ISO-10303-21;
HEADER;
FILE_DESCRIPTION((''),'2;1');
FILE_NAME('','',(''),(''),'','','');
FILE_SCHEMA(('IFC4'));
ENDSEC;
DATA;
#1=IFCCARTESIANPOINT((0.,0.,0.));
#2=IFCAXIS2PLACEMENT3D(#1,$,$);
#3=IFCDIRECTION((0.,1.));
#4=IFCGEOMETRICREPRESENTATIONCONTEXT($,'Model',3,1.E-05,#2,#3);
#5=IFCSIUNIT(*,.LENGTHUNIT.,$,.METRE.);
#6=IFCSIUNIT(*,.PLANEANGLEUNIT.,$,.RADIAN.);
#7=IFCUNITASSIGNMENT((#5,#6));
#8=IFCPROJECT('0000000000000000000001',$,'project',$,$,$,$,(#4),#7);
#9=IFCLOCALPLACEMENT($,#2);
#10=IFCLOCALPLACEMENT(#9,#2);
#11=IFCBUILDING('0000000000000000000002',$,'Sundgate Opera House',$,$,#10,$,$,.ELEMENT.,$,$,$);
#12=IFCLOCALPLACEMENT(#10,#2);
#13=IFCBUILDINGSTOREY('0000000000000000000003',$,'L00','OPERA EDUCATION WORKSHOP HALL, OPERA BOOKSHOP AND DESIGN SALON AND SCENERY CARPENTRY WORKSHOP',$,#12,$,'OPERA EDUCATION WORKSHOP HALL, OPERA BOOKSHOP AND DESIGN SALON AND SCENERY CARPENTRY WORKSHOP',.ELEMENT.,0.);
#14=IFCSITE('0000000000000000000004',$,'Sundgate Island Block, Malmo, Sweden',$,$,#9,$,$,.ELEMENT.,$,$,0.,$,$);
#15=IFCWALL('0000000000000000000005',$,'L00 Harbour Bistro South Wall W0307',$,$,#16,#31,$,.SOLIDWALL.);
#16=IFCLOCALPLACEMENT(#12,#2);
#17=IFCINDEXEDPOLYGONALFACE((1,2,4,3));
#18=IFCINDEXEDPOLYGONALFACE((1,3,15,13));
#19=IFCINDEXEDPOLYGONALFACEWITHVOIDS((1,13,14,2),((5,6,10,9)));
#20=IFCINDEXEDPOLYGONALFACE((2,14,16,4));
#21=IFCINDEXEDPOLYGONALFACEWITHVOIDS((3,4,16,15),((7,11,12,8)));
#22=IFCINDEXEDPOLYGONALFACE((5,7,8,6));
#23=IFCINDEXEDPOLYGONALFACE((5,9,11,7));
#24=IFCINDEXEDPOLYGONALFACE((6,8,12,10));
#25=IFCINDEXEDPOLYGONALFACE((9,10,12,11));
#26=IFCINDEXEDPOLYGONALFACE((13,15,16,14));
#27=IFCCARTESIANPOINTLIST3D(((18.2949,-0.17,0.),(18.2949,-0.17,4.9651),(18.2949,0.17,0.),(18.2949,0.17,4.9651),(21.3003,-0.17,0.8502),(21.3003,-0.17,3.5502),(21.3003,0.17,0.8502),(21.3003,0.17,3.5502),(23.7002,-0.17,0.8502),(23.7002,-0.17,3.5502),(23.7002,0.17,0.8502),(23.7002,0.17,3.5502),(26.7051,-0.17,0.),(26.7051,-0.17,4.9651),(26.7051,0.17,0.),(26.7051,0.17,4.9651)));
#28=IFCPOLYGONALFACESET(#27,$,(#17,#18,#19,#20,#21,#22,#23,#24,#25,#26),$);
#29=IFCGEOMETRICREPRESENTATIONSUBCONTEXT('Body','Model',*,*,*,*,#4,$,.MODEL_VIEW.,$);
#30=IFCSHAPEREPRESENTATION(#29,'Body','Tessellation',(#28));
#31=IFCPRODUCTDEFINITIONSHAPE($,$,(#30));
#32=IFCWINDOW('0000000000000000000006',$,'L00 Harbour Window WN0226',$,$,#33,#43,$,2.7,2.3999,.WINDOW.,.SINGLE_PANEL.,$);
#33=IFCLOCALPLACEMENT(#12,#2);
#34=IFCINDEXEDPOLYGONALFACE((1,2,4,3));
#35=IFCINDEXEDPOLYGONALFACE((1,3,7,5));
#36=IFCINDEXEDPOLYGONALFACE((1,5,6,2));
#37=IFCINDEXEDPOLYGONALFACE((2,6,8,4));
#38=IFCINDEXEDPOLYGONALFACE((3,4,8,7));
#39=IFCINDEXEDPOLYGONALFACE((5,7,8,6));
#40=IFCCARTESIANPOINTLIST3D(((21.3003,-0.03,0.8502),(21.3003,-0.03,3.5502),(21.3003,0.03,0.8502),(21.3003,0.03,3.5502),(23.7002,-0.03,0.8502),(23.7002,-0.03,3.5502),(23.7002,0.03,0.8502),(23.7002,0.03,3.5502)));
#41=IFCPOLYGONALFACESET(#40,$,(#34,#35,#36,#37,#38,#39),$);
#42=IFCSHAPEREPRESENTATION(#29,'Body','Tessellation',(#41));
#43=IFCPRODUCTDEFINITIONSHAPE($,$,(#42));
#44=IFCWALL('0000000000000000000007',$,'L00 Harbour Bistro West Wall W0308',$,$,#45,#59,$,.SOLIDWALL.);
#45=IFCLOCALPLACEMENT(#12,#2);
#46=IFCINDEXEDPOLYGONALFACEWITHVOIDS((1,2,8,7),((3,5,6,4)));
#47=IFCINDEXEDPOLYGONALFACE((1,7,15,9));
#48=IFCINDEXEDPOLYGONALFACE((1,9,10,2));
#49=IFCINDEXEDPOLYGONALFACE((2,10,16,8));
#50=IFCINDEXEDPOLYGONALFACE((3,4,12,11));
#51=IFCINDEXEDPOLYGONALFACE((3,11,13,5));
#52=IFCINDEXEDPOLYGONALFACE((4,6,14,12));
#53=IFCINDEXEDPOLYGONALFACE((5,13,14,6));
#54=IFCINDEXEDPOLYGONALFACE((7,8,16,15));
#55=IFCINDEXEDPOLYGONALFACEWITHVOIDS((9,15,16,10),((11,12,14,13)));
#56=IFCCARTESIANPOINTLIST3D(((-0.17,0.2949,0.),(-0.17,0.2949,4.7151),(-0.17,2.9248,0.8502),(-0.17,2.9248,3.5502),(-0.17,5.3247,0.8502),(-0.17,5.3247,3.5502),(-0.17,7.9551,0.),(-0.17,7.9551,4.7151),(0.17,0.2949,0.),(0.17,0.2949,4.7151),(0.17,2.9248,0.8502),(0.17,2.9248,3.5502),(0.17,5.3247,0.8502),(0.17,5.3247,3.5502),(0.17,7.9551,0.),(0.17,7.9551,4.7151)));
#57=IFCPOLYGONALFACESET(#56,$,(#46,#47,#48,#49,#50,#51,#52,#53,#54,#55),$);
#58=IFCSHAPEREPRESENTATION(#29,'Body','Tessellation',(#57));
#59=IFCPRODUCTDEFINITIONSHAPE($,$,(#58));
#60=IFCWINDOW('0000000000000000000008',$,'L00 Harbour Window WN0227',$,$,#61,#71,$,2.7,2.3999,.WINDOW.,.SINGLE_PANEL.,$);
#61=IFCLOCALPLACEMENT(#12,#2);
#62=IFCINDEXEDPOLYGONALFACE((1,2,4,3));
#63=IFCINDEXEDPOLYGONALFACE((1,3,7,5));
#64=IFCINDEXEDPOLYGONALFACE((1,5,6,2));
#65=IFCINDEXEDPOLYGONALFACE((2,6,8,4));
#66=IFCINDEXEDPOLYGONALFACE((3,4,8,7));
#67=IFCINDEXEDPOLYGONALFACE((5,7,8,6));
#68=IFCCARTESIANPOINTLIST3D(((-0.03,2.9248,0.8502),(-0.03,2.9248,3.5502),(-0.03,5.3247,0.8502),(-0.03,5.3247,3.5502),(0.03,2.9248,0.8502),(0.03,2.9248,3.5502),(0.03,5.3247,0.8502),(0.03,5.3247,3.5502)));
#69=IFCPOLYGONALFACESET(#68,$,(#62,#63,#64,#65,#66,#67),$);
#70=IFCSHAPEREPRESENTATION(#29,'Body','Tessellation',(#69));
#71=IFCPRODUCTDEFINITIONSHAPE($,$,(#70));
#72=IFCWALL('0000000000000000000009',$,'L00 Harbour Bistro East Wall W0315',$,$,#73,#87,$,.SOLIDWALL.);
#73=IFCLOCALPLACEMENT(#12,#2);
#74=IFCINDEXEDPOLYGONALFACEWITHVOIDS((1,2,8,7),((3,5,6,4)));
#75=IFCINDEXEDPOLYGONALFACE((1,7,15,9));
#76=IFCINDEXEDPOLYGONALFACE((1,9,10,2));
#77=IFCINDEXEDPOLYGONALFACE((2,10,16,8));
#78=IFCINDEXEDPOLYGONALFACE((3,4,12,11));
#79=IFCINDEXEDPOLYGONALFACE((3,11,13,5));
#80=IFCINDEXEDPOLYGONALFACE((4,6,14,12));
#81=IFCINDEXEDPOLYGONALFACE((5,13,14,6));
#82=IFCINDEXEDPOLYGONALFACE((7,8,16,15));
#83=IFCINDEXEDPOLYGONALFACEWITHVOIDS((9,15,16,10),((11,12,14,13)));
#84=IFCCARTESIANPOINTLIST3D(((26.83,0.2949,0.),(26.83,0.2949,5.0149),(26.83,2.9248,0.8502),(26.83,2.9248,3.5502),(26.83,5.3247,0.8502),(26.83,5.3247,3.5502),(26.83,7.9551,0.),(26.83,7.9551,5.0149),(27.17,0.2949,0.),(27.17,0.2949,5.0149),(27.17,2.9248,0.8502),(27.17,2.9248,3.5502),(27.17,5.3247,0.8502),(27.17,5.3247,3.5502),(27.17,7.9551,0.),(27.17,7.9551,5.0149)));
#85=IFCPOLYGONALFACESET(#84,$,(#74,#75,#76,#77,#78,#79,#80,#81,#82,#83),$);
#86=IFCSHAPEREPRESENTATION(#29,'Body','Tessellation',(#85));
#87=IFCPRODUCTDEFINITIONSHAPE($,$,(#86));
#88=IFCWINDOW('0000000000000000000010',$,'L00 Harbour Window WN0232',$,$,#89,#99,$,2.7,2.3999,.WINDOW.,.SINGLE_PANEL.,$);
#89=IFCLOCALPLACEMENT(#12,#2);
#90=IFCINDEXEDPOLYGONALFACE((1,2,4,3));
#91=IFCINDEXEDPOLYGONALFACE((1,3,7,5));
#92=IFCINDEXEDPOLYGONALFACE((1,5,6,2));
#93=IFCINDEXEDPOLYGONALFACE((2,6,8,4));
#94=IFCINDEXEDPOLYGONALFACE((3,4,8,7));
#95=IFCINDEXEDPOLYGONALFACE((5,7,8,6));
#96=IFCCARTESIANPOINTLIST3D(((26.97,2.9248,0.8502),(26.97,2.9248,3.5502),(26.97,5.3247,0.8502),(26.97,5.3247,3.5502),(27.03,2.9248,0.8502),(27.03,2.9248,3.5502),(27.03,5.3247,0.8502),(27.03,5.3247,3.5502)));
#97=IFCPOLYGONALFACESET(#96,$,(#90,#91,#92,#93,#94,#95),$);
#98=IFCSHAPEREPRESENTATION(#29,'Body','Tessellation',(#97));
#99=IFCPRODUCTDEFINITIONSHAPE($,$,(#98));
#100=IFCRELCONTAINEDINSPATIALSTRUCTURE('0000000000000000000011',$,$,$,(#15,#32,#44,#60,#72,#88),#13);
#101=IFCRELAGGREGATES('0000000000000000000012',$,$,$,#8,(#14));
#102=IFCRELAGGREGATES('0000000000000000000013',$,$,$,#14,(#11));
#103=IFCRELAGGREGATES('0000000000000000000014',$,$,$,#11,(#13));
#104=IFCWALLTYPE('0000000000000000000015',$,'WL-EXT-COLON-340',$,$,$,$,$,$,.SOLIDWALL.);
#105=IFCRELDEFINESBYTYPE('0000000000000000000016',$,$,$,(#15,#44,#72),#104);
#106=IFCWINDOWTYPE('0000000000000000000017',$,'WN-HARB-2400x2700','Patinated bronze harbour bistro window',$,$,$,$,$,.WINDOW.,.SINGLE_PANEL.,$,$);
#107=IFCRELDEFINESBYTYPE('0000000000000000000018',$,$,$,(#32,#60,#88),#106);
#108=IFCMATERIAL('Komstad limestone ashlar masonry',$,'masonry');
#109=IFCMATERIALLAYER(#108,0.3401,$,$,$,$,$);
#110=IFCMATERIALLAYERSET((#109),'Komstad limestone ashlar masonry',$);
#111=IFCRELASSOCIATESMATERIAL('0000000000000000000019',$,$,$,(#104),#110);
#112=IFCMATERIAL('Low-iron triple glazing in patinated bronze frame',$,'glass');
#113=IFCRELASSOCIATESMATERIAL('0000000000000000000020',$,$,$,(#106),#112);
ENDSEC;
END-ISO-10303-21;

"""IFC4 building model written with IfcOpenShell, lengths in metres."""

from ifc_helpers import new_model, si_unit, direction, frame, frame_2d, origin, place, context, subcontext, project, spatial, rectangle, extrude, material, layer, layer_set, type_object, element, fill, save


model = new_model("IFC4")

# Units and contexts
model_context = context("Model", 3, precision=1e-05, world=origin(), true_north=direction((0.0, 1.0)))
body_context = subcontext(model_context, "Body", "Model", "MODEL_VIEW")
ifc_project = project(units=[si_unit("LENGTHUNIT", "METRE"), si_unit("PLANEANGLEUNIT", "RADIAN")], contexts=[model_context])

# Site, building, storey
site_placement = place(None, origin())
site = spatial("IfcSite", under=ifc_project, at=site_placement, Name="Sundgate Island Block, Malmo, Sweden", CompositionType="ELEMENT", RefElevation=0.0)
building_placement = place(site_placement, origin())
building = spatial("IfcBuilding", under=site, at=building_placement, Name="Sundgate Opera House", CompositionType="ELEMENT")
storey_placement = place(building_placement, origin())
storey = spatial("IfcBuildingStorey", under=building, at=storey_placement, Name="L00", Description="OPERA EDUCATION WORKSHOP HALL, OPERA BOOKSHOP AND DESIGN SALON AND SCENERY CARPENTRY WORKSHOP", LongName="OPERA EDUCATION WORKSHOP HALL, OPERA BOOKSHOP AND DESIGN SALON AND SCENERY CARPENTRY WORKSHOP", CompositionType="ELEMENT", Elevation=0.0)

# Shared definitions
ifc_material_1 = material(Name="Komstad limestone ashlar masonry", Category="masonry")
ifc_layer_1 = layer(ifc_material_1, 0.3401)
ifc_layer_set_1 = layer_set([ifc_layer_1], Name="Komstad limestone ashlar masonry")
wall_type = type_object("IfcWallType", Name="WL-EXT-COLON-340", PredefinedType="SOLIDWALL", material=ifc_layer_set_1)
ifc_material_2 = material(Name="Low-iron triple glazing in patinated bronze frame", Category="glass")
window_type = type_object("IfcWindowType", Name="WN-HARB-2400x2700", Description="Patinated bronze harbour bistro window", PartitioningType="SINGLE_PANEL", PredefinedType="WINDOW", material=ifc_material_2)

# Walls, openings, windows
wall_1_placement = place(storey_placement, frame((26.7051, 0.0, 0.0), z_axis=(0.0, 0.0, 1.0), x_axis=(-1.0, 0.0, 0.0)))
wall_1 = element("IfcWall", 1, at=wall_1_placement, inside=storey, type_object=wall_type, Name="L00 Harbour Bistro South Wall W0307", PredefinedType="SOLIDWALL", context=body_context, shape_type="SweptSolid", body=[
    extrude(rectangle(XDim=8.4102, YDim=0.3401, at=frame_2d((4.2051, 0.0))), origin(), (0.0, 0.0, 1.0), 4.9651),
])
opening_1_placement = place(wall_1_placement, frame((3.0049, 0.0, 0.8501)))
opening_1 = element("IfcOpeningElement", 2, at=opening_1_placement, cuts=wall_1, PredefinedType="OPENING", context=body_context, shape_type="SweptSolid", body=[
    extrude(rectangle(XDim=2.3999, YDim=2.7, at=frame_2d((1.2, 1.3501))), frame((0.0, 0.1799, 0.0), z_axis=(0.0, -1.0, 0.0), x_axis=(1.0, 0.0, 0.0)), (0.0, 0.0, 1.0), 0.3601),
])
window_1_placement = place(opening_1_placement, origin())
window_1 = element("IfcWindow", 3, at=window_1_placement, inside=storey, type_object=window_type, Name="L00 Harbour Window WN0226", OverallHeight=2.7, OverallWidth=2.3999, PartitioningType="SINGLE_PANEL", PredefinedType="WINDOW", context=body_context, shape_type="SweptSolid", body=[
    extrude(rectangle(XDim=2.3999, YDim=2.7, at=frame_2d((1.2, 1.3501))), frame((0.0, 0.03, 0.0), z_axis=(0.0, -1.0, 0.0), x_axis=(1.0, 0.0, 0.0)), (0.0, 0.0, 1.0), 0.0601),
])
fill(opening_1, window_1)
wall_2_placement = place(storey_placement, frame((0.0, 0.2949, 0.0), z_axis=(0.0, 0.0, 1.0), x_axis=(0.0, 1.0, 0.0)))
wall_2 = element("IfcWall", 4, at=wall_2_placement, inside=storey, type_object=wall_type, Name="L00 Harbour Bistro West Wall W0308", PredefinedType="SOLIDWALL", context=body_context, shape_type="SweptSolid", body=[
    extrude(rectangle(XDim=7.6602, YDim=0.3401, at=frame_2d((3.8301, 0.0))), origin(), (0.0, 0.0, 1.0), 4.7151),
])
opening_2_placement = place(wall_2_placement, frame((2.6299, 0.0, 0.8501)))
opening_2 = element("IfcOpeningElement", 5, at=opening_2_placement, cuts=wall_2, PredefinedType="OPENING", context=body_context, shape_type="SweptSolid", body=[
    extrude(rectangle(XDim=2.3999, YDim=2.7, at=frame_2d((1.2, 1.3501))), frame((0.0, 0.1799, 0.0), z_axis=(0.0, -1.0, 0.0), x_axis=(1.0, 0.0, 0.0)), (0.0, 0.0, 1.0), 0.3601),
])
window_2_placement = place(opening_2_placement, origin())
window_2 = element("IfcWindow", 6, at=window_2_placement, inside=storey, type_object=window_type, Name="L00 Harbour Window WN0227", OverallHeight=2.7, OverallWidth=2.3999, PartitioningType="SINGLE_PANEL", PredefinedType="WINDOW", context=body_context, shape_type="SweptSolid", body=[
    extrude(rectangle(XDim=2.3999, YDim=2.7, at=frame_2d((1.2, 1.3501))), frame((0.0, 0.03, 0.0), z_axis=(0.0, -1.0, 0.0), x_axis=(1.0, 0.0, 0.0)), (0.0, 0.0, 1.0), 0.0601),
])
fill(opening_2, window_2)
wall_3_placement = place(storey_placement, frame((27.0, 0.2949, 0.0), z_axis=(0.0, 0.0, 1.0), x_axis=(0.0, 1.0, 0.0)))
wall_3 = element("IfcWall", 7, at=wall_3_placement, inside=storey, type_object=wall_type, Name="L00 Harbour Bistro East Wall W0315", PredefinedType="SOLIDWALL", context=body_context, shape_type="SweptSolid", body=[
    extrude(rectangle(XDim=7.6602, YDim=0.3401, at=frame_2d((3.8301, 0.0))), origin(), (0.0, 0.0, 1.0), 5.0149),
])
opening_3_placement = place(wall_3_placement, frame((2.6299, 0.0, 0.8501)))
opening_3 = element("IfcOpeningElement", 8, at=opening_3_placement, cuts=wall_3, PredefinedType="OPENING", context=body_context, shape_type="SweptSolid", body=[
    extrude(rectangle(XDim=2.3999, YDim=2.7, at=frame_2d((1.2, 1.3501))), frame((0.0, 0.1799, 0.0), z_axis=(0.0, -1.0, 0.0), x_axis=(1.0, 0.0, 0.0)), (0.0, 0.0, 1.0), 0.3601),
])
window_3_placement = place(opening_3_placement, origin())
window_3 = element("IfcWindow", 9, at=window_3_placement, inside=storey, type_object=window_type, Name="L00 Harbour Window WN0232", OverallHeight=2.7, OverallWidth=2.3999, PartitioningType="SINGLE_PANEL", PredefinedType="WINDOW", context=body_context, shape_type="SweptSolid", body=[
    extrude(rectangle(XDim=2.3999, YDim=2.7, at=frame_2d((1.2, 1.3501))), frame((0.0, 0.03, 0.0), z_axis=(0.0, -1.0, 0.0), x_axis=(1.0, 0.0, 0.0)), (0.0, 0.0, 1.0), 0.0601),
])
fill(opening_3, window_3)

save(model, "model.ifc")
